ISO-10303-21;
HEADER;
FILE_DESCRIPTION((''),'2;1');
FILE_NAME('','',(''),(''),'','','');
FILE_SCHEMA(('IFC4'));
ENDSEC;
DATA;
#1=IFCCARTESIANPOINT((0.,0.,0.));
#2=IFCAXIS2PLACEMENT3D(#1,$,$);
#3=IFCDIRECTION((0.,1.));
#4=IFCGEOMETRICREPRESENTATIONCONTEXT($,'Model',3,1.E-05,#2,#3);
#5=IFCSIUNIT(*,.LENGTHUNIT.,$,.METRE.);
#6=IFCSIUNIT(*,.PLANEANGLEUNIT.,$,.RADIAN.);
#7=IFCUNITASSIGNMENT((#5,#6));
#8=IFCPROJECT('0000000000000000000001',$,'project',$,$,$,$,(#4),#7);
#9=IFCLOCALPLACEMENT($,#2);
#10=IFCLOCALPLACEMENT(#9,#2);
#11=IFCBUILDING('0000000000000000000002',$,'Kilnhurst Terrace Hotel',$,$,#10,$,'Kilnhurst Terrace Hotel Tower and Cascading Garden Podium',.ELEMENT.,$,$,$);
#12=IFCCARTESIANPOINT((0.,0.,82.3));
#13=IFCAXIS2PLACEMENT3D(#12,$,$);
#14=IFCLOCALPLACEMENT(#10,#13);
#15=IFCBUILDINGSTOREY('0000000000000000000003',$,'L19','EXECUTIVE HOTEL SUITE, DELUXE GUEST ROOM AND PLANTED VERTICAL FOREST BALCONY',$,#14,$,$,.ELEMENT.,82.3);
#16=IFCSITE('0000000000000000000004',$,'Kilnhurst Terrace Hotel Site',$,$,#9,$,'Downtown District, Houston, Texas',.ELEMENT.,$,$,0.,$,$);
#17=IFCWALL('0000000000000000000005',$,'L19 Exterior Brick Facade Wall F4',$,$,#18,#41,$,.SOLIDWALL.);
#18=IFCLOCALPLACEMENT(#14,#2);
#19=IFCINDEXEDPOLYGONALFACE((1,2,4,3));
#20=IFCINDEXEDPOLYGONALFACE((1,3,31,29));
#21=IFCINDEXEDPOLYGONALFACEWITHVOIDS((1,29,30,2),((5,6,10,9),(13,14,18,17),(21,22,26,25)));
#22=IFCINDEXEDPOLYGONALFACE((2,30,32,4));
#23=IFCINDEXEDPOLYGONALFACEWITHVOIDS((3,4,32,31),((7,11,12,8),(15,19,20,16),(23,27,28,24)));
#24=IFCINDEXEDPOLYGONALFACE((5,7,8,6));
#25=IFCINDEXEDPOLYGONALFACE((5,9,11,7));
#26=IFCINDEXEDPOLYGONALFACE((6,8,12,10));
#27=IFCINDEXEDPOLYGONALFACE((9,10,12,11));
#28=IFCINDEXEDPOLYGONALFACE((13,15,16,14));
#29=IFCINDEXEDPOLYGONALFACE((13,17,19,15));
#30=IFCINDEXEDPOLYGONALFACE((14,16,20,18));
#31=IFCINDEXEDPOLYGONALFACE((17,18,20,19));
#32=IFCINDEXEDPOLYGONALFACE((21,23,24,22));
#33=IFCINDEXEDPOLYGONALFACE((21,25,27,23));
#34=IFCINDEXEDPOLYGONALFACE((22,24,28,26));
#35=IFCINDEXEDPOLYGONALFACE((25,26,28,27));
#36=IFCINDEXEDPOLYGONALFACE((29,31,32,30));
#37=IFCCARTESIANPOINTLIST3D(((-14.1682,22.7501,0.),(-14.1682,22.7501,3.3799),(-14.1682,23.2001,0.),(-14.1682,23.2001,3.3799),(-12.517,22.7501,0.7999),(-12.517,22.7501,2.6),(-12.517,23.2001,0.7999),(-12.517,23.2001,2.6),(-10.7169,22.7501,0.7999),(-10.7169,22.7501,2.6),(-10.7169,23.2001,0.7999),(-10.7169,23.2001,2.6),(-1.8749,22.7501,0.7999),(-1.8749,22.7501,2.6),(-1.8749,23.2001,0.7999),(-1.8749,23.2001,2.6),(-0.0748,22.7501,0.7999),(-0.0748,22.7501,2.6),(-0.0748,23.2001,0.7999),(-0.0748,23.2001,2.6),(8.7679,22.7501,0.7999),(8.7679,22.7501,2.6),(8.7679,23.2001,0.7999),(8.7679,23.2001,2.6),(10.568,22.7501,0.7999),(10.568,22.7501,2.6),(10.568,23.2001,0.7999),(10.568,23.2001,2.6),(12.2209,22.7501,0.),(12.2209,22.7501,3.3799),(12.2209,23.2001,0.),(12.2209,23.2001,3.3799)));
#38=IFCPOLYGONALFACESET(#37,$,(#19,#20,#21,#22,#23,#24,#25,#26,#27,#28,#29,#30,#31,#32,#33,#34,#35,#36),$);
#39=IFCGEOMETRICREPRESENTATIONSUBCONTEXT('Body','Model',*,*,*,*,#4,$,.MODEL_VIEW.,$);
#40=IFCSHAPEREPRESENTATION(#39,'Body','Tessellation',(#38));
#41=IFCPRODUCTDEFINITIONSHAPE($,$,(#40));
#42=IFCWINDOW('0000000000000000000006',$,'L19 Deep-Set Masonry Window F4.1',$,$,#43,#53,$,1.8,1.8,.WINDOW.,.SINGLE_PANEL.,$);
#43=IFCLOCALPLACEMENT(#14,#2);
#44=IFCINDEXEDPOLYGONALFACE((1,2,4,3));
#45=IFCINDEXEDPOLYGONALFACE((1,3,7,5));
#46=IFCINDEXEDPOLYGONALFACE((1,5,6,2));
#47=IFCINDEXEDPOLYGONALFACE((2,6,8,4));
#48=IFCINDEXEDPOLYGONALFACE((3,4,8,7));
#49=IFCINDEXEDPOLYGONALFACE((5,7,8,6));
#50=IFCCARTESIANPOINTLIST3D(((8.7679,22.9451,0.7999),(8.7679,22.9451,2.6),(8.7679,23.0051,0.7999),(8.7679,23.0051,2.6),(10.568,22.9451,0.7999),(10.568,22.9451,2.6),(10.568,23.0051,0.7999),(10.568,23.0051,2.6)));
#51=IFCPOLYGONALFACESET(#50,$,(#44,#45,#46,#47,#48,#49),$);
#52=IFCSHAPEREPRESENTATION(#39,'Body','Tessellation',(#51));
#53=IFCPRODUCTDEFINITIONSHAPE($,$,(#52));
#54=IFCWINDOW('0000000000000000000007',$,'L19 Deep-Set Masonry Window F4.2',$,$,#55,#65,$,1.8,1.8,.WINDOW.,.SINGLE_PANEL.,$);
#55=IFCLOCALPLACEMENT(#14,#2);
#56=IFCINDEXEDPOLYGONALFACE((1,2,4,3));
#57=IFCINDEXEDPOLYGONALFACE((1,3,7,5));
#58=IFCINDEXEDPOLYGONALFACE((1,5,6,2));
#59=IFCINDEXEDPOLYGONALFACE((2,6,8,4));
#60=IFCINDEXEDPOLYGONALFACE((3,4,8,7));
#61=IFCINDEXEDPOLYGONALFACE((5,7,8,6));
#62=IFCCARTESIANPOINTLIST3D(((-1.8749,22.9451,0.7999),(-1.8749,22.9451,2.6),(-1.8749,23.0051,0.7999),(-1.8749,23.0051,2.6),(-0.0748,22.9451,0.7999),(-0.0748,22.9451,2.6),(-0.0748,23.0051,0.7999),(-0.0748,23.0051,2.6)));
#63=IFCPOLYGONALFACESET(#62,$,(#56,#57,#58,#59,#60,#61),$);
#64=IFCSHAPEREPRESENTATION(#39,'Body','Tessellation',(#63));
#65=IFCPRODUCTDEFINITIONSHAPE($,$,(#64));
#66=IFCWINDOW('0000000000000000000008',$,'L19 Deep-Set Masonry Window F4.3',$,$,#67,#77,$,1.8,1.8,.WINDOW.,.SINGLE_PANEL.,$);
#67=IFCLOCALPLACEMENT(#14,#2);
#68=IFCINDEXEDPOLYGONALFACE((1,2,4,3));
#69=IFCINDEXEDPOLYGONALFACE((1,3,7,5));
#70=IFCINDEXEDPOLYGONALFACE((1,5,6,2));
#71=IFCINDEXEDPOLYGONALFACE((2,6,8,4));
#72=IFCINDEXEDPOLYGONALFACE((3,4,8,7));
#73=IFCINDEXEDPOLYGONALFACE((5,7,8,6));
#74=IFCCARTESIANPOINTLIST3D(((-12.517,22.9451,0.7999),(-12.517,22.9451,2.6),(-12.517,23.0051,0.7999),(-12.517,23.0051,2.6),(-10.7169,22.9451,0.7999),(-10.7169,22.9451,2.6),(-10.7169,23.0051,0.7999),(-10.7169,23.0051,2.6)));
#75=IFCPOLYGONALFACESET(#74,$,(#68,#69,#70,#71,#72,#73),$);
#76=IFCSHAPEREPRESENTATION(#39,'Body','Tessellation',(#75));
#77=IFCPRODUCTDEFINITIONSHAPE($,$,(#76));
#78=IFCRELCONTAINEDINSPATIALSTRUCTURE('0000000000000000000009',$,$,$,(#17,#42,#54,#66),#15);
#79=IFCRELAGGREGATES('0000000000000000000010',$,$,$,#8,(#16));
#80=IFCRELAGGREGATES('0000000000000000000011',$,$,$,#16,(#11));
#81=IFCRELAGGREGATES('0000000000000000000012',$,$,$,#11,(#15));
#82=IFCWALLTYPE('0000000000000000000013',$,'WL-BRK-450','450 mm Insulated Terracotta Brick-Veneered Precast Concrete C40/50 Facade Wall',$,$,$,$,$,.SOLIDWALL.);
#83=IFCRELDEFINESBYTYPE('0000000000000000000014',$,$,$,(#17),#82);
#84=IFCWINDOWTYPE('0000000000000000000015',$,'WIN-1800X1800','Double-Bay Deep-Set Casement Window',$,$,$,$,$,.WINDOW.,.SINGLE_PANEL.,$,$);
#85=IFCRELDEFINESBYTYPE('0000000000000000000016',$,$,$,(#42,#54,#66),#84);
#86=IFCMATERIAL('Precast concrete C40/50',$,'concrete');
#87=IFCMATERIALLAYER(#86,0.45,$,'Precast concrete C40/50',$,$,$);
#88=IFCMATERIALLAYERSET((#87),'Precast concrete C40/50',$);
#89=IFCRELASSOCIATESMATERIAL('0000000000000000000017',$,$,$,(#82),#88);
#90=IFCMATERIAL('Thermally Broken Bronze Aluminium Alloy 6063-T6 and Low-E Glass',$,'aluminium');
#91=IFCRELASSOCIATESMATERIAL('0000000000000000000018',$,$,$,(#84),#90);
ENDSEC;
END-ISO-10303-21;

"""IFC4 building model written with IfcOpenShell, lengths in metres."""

from ifc_helpers import new_model, si_unit, direction, frame, frame_2d, origin, place, context, subcontext, project, spatial, rectangle, extrude, material, layer, layer_set, type_object, element, fill, save


model = new_model("IFC4")

# Units and contexts
model_context = context("Model", 3, precision=1e-05, world=origin(), true_north=direction((0.0, 1.0)))
body_context = subcontext(model_context, "Body", "Model", "MODEL_VIEW")
ifc_project = project(units=[si_unit("LENGTHUNIT", "METRE"), si_unit("PLANEANGLEUNIT", "RADIAN")], contexts=[model_context])

# Site, building, storey
site_placement = place(None, origin())
site = spatial("IfcSite", under=ifc_project, at=site_placement, Name="Kilnhurst Terrace Hotel Site", LongName="Downtown District, Houston, Texas", CompositionType="ELEMENT", RefElevation=0.0)
building_placement = place(site_placement, origin())
building = spatial("IfcBuilding", under=site, at=building_placement, Name="Kilnhurst Terrace Hotel", LongName="Kilnhurst Terrace Hotel Tower and Cascading Garden Podium", CompositionType="ELEMENT")
storey_placement = place(building_placement, frame((0.0, 0.0, 82.3)))
storey = spatial("IfcBuildingStorey", under=building, at=storey_placement, Name="L19", Description="EXECUTIVE HOTEL SUITE, DELUXE GUEST ROOM AND PLANTED VERTICAL FOREST BALCONY", CompositionType="ELEMENT", Elevation=82.3)

# Shared definitions
ifc_material_1 = material(Name="Precast concrete C40/50", Category="concrete")
ifc_layer_1 = layer(ifc_material_1, 0.45, Name="Precast concrete C40/50")
ifc_layer_set_1 = layer_set([ifc_layer_1], Name="Precast concrete C40/50")
wall_type_1 = type_object("IfcWallType", Name="WL-BRK-450", Description="450 mm Insulated Terracotta Brick-Veneered Precast Concrete C40/50 Facade Wall", PredefinedType="SOLIDWALL", material=ifc_layer_set_1)

# Wall, openings, windows
wall_1_placement = place(storey_placement, frame((12.2209, 22.9751, 0.0), z_axis=(0.0, 0.0, 1.0), x_axis=(-1.0, 0.0, 0.0)))
wall_1 = element("IfcWall", 1, at=wall_1_placement, inside=storey, type_object=wall_type_1, Name="L19 Exterior Brick Facade Wall F4", PredefinedType="SOLIDWALL", context=body_context, shape_type="SweptSolid", body=[
    extrude(rectangle(XDim=26.3892, YDim=0.45, at=frame_2d((13.1946, 0.0))), origin(), (0.0, 0.0, 1.0), 3.3799),
])
opening_1_placement = place(wall_1_placement, frame((1.6531, 0.0, 0.8)))
opening_1 = element("IfcOpeningElement", 2, at=opening_1_placement, cuts=wall_1, PredefinedType="OPENING", context=body_context, shape_type="SweptSolid", body=[
    extrude(rectangle(XDim=1.8, YDim=1.8, at=frame_2d((0.8999, 0.8999))), frame((0.0, 0.2349, 0.0), z_axis=(0.0, -1.0, 0.0), x_axis=(1.0, 0.0, 0.0)), (0.0, 0.0, 1.0), 0.47),
])
opening_2_placement = place(wall_1_placement, frame((12.2959, 0.0, 0.8)))
opening_2 = element("IfcOpeningElement", 3, at=opening_2_placement, cuts=wall_1, PredefinedType="OPENING", context=body_context, shape_type="SweptSolid", body=[
    extrude(rectangle(XDim=1.8, YDim=1.8, at=frame_2d((0.8999, 0.8999))), frame((0.0, 0.2349, 0.0), z_axis=(0.0, -1.0, 0.0), x_axis=(1.0, 0.0, 0.0)), (0.0, 0.0, 1.0), 0.47),
])
opening_3_placement = place(wall_1_placement, frame((22.938, 0.0, 0.8)))
opening_3 = element("IfcOpeningElement", 4, at=opening_3_placement, cuts=wall_1, PredefinedType="OPENING", context=body_context, shape_type="SweptSolid", body=[
    extrude(rectangle(XDim=1.8, YDim=1.8, at=frame_2d((0.8999, 0.8999))), frame((0.0, 0.2349, 0.0), z_axis=(0.0, -1.0, 0.0), x_axis=(1.0, 0.0, 0.0)), (0.0, 0.0, 1.0), 0.47),
])
ifc_material_2 = material(Name="Thermally Broken Bronze Aluminium Alloy 6063-T6 and Low-E Glass", Category="aluminium")
window_type = type_object("IfcWindowType", Name="WIN-1800X1800", Description="Double-Bay Deep-Set Casement Window", PartitioningType="SINGLE_PANEL", PredefinedType="WINDOW", material=ifc_material_2)
window_1_placement = place(opening_1_placement, origin())
window_1 = element("IfcWindow", 5, at=window_1_placement, inside=storey, type_object=window_type, Name="L19 Deep-Set Masonry Window F4.1", OverallHeight=1.8, OverallWidth=1.8, PartitioningType="SINGLE_PANEL", PredefinedType="WINDOW", context=body_context, shape_type="SweptSolid", body=[
    extrude(rectangle(XDim=1.8, YDim=1.8, at=frame_2d((0.8999, 0.8999))), frame((0.0, 0.03, 0.0), z_axis=(0.0, -1.0, 0.0), x_axis=(1.0, 0.0, 0.0)), (0.0, 0.0, 1.0), 0.0601),
])
fill(opening_1, window_1)
window_2_placement = place(opening_2_placement, origin())
window_2 = element("IfcWindow", 6, at=window_2_placement, inside=storey, type_object=window_type, Name="L19 Deep-Set Masonry Window F4.2", OverallHeight=1.8, OverallWidth=1.8, PartitioningType="SINGLE_PANEL", PredefinedType="WINDOW", context=body_context, shape_type="SweptSolid", body=[
    extrude(rectangle(XDim=1.8, YDim=1.8, at=frame_2d((0.8999, 0.8999))), frame((0.0, 0.03, 0.0), z_axis=(0.0, -1.0, 0.0), x_axis=(1.0, 0.0, 0.0)), (0.0, 0.0, 1.0), 0.0601),
])
fill(opening_2, window_2)
window_3_placement = place(opening_3_placement, origin())
window_3 = element("IfcWindow", 7, at=window_3_placement, inside=storey, type_object=window_type, Name="L19 Deep-Set Masonry Window F4.3", OverallHeight=1.8, OverallWidth=1.8, PartitioningType="SINGLE_PANEL", PredefinedType="WINDOW", context=body_context, shape_type="SweptSolid", body=[
    extrude(rectangle(XDim=1.8, YDim=1.8, at=frame_2d((0.8999, 0.8999))), frame((0.0, 0.03, 0.0), z_axis=(0.0, -1.0, 0.0), x_axis=(1.0, 0.0, 0.0)), (0.0, 0.0, 1.0), 0.0601),
])
fill(opening_3, window_3)

save(model, "model.ifc")
